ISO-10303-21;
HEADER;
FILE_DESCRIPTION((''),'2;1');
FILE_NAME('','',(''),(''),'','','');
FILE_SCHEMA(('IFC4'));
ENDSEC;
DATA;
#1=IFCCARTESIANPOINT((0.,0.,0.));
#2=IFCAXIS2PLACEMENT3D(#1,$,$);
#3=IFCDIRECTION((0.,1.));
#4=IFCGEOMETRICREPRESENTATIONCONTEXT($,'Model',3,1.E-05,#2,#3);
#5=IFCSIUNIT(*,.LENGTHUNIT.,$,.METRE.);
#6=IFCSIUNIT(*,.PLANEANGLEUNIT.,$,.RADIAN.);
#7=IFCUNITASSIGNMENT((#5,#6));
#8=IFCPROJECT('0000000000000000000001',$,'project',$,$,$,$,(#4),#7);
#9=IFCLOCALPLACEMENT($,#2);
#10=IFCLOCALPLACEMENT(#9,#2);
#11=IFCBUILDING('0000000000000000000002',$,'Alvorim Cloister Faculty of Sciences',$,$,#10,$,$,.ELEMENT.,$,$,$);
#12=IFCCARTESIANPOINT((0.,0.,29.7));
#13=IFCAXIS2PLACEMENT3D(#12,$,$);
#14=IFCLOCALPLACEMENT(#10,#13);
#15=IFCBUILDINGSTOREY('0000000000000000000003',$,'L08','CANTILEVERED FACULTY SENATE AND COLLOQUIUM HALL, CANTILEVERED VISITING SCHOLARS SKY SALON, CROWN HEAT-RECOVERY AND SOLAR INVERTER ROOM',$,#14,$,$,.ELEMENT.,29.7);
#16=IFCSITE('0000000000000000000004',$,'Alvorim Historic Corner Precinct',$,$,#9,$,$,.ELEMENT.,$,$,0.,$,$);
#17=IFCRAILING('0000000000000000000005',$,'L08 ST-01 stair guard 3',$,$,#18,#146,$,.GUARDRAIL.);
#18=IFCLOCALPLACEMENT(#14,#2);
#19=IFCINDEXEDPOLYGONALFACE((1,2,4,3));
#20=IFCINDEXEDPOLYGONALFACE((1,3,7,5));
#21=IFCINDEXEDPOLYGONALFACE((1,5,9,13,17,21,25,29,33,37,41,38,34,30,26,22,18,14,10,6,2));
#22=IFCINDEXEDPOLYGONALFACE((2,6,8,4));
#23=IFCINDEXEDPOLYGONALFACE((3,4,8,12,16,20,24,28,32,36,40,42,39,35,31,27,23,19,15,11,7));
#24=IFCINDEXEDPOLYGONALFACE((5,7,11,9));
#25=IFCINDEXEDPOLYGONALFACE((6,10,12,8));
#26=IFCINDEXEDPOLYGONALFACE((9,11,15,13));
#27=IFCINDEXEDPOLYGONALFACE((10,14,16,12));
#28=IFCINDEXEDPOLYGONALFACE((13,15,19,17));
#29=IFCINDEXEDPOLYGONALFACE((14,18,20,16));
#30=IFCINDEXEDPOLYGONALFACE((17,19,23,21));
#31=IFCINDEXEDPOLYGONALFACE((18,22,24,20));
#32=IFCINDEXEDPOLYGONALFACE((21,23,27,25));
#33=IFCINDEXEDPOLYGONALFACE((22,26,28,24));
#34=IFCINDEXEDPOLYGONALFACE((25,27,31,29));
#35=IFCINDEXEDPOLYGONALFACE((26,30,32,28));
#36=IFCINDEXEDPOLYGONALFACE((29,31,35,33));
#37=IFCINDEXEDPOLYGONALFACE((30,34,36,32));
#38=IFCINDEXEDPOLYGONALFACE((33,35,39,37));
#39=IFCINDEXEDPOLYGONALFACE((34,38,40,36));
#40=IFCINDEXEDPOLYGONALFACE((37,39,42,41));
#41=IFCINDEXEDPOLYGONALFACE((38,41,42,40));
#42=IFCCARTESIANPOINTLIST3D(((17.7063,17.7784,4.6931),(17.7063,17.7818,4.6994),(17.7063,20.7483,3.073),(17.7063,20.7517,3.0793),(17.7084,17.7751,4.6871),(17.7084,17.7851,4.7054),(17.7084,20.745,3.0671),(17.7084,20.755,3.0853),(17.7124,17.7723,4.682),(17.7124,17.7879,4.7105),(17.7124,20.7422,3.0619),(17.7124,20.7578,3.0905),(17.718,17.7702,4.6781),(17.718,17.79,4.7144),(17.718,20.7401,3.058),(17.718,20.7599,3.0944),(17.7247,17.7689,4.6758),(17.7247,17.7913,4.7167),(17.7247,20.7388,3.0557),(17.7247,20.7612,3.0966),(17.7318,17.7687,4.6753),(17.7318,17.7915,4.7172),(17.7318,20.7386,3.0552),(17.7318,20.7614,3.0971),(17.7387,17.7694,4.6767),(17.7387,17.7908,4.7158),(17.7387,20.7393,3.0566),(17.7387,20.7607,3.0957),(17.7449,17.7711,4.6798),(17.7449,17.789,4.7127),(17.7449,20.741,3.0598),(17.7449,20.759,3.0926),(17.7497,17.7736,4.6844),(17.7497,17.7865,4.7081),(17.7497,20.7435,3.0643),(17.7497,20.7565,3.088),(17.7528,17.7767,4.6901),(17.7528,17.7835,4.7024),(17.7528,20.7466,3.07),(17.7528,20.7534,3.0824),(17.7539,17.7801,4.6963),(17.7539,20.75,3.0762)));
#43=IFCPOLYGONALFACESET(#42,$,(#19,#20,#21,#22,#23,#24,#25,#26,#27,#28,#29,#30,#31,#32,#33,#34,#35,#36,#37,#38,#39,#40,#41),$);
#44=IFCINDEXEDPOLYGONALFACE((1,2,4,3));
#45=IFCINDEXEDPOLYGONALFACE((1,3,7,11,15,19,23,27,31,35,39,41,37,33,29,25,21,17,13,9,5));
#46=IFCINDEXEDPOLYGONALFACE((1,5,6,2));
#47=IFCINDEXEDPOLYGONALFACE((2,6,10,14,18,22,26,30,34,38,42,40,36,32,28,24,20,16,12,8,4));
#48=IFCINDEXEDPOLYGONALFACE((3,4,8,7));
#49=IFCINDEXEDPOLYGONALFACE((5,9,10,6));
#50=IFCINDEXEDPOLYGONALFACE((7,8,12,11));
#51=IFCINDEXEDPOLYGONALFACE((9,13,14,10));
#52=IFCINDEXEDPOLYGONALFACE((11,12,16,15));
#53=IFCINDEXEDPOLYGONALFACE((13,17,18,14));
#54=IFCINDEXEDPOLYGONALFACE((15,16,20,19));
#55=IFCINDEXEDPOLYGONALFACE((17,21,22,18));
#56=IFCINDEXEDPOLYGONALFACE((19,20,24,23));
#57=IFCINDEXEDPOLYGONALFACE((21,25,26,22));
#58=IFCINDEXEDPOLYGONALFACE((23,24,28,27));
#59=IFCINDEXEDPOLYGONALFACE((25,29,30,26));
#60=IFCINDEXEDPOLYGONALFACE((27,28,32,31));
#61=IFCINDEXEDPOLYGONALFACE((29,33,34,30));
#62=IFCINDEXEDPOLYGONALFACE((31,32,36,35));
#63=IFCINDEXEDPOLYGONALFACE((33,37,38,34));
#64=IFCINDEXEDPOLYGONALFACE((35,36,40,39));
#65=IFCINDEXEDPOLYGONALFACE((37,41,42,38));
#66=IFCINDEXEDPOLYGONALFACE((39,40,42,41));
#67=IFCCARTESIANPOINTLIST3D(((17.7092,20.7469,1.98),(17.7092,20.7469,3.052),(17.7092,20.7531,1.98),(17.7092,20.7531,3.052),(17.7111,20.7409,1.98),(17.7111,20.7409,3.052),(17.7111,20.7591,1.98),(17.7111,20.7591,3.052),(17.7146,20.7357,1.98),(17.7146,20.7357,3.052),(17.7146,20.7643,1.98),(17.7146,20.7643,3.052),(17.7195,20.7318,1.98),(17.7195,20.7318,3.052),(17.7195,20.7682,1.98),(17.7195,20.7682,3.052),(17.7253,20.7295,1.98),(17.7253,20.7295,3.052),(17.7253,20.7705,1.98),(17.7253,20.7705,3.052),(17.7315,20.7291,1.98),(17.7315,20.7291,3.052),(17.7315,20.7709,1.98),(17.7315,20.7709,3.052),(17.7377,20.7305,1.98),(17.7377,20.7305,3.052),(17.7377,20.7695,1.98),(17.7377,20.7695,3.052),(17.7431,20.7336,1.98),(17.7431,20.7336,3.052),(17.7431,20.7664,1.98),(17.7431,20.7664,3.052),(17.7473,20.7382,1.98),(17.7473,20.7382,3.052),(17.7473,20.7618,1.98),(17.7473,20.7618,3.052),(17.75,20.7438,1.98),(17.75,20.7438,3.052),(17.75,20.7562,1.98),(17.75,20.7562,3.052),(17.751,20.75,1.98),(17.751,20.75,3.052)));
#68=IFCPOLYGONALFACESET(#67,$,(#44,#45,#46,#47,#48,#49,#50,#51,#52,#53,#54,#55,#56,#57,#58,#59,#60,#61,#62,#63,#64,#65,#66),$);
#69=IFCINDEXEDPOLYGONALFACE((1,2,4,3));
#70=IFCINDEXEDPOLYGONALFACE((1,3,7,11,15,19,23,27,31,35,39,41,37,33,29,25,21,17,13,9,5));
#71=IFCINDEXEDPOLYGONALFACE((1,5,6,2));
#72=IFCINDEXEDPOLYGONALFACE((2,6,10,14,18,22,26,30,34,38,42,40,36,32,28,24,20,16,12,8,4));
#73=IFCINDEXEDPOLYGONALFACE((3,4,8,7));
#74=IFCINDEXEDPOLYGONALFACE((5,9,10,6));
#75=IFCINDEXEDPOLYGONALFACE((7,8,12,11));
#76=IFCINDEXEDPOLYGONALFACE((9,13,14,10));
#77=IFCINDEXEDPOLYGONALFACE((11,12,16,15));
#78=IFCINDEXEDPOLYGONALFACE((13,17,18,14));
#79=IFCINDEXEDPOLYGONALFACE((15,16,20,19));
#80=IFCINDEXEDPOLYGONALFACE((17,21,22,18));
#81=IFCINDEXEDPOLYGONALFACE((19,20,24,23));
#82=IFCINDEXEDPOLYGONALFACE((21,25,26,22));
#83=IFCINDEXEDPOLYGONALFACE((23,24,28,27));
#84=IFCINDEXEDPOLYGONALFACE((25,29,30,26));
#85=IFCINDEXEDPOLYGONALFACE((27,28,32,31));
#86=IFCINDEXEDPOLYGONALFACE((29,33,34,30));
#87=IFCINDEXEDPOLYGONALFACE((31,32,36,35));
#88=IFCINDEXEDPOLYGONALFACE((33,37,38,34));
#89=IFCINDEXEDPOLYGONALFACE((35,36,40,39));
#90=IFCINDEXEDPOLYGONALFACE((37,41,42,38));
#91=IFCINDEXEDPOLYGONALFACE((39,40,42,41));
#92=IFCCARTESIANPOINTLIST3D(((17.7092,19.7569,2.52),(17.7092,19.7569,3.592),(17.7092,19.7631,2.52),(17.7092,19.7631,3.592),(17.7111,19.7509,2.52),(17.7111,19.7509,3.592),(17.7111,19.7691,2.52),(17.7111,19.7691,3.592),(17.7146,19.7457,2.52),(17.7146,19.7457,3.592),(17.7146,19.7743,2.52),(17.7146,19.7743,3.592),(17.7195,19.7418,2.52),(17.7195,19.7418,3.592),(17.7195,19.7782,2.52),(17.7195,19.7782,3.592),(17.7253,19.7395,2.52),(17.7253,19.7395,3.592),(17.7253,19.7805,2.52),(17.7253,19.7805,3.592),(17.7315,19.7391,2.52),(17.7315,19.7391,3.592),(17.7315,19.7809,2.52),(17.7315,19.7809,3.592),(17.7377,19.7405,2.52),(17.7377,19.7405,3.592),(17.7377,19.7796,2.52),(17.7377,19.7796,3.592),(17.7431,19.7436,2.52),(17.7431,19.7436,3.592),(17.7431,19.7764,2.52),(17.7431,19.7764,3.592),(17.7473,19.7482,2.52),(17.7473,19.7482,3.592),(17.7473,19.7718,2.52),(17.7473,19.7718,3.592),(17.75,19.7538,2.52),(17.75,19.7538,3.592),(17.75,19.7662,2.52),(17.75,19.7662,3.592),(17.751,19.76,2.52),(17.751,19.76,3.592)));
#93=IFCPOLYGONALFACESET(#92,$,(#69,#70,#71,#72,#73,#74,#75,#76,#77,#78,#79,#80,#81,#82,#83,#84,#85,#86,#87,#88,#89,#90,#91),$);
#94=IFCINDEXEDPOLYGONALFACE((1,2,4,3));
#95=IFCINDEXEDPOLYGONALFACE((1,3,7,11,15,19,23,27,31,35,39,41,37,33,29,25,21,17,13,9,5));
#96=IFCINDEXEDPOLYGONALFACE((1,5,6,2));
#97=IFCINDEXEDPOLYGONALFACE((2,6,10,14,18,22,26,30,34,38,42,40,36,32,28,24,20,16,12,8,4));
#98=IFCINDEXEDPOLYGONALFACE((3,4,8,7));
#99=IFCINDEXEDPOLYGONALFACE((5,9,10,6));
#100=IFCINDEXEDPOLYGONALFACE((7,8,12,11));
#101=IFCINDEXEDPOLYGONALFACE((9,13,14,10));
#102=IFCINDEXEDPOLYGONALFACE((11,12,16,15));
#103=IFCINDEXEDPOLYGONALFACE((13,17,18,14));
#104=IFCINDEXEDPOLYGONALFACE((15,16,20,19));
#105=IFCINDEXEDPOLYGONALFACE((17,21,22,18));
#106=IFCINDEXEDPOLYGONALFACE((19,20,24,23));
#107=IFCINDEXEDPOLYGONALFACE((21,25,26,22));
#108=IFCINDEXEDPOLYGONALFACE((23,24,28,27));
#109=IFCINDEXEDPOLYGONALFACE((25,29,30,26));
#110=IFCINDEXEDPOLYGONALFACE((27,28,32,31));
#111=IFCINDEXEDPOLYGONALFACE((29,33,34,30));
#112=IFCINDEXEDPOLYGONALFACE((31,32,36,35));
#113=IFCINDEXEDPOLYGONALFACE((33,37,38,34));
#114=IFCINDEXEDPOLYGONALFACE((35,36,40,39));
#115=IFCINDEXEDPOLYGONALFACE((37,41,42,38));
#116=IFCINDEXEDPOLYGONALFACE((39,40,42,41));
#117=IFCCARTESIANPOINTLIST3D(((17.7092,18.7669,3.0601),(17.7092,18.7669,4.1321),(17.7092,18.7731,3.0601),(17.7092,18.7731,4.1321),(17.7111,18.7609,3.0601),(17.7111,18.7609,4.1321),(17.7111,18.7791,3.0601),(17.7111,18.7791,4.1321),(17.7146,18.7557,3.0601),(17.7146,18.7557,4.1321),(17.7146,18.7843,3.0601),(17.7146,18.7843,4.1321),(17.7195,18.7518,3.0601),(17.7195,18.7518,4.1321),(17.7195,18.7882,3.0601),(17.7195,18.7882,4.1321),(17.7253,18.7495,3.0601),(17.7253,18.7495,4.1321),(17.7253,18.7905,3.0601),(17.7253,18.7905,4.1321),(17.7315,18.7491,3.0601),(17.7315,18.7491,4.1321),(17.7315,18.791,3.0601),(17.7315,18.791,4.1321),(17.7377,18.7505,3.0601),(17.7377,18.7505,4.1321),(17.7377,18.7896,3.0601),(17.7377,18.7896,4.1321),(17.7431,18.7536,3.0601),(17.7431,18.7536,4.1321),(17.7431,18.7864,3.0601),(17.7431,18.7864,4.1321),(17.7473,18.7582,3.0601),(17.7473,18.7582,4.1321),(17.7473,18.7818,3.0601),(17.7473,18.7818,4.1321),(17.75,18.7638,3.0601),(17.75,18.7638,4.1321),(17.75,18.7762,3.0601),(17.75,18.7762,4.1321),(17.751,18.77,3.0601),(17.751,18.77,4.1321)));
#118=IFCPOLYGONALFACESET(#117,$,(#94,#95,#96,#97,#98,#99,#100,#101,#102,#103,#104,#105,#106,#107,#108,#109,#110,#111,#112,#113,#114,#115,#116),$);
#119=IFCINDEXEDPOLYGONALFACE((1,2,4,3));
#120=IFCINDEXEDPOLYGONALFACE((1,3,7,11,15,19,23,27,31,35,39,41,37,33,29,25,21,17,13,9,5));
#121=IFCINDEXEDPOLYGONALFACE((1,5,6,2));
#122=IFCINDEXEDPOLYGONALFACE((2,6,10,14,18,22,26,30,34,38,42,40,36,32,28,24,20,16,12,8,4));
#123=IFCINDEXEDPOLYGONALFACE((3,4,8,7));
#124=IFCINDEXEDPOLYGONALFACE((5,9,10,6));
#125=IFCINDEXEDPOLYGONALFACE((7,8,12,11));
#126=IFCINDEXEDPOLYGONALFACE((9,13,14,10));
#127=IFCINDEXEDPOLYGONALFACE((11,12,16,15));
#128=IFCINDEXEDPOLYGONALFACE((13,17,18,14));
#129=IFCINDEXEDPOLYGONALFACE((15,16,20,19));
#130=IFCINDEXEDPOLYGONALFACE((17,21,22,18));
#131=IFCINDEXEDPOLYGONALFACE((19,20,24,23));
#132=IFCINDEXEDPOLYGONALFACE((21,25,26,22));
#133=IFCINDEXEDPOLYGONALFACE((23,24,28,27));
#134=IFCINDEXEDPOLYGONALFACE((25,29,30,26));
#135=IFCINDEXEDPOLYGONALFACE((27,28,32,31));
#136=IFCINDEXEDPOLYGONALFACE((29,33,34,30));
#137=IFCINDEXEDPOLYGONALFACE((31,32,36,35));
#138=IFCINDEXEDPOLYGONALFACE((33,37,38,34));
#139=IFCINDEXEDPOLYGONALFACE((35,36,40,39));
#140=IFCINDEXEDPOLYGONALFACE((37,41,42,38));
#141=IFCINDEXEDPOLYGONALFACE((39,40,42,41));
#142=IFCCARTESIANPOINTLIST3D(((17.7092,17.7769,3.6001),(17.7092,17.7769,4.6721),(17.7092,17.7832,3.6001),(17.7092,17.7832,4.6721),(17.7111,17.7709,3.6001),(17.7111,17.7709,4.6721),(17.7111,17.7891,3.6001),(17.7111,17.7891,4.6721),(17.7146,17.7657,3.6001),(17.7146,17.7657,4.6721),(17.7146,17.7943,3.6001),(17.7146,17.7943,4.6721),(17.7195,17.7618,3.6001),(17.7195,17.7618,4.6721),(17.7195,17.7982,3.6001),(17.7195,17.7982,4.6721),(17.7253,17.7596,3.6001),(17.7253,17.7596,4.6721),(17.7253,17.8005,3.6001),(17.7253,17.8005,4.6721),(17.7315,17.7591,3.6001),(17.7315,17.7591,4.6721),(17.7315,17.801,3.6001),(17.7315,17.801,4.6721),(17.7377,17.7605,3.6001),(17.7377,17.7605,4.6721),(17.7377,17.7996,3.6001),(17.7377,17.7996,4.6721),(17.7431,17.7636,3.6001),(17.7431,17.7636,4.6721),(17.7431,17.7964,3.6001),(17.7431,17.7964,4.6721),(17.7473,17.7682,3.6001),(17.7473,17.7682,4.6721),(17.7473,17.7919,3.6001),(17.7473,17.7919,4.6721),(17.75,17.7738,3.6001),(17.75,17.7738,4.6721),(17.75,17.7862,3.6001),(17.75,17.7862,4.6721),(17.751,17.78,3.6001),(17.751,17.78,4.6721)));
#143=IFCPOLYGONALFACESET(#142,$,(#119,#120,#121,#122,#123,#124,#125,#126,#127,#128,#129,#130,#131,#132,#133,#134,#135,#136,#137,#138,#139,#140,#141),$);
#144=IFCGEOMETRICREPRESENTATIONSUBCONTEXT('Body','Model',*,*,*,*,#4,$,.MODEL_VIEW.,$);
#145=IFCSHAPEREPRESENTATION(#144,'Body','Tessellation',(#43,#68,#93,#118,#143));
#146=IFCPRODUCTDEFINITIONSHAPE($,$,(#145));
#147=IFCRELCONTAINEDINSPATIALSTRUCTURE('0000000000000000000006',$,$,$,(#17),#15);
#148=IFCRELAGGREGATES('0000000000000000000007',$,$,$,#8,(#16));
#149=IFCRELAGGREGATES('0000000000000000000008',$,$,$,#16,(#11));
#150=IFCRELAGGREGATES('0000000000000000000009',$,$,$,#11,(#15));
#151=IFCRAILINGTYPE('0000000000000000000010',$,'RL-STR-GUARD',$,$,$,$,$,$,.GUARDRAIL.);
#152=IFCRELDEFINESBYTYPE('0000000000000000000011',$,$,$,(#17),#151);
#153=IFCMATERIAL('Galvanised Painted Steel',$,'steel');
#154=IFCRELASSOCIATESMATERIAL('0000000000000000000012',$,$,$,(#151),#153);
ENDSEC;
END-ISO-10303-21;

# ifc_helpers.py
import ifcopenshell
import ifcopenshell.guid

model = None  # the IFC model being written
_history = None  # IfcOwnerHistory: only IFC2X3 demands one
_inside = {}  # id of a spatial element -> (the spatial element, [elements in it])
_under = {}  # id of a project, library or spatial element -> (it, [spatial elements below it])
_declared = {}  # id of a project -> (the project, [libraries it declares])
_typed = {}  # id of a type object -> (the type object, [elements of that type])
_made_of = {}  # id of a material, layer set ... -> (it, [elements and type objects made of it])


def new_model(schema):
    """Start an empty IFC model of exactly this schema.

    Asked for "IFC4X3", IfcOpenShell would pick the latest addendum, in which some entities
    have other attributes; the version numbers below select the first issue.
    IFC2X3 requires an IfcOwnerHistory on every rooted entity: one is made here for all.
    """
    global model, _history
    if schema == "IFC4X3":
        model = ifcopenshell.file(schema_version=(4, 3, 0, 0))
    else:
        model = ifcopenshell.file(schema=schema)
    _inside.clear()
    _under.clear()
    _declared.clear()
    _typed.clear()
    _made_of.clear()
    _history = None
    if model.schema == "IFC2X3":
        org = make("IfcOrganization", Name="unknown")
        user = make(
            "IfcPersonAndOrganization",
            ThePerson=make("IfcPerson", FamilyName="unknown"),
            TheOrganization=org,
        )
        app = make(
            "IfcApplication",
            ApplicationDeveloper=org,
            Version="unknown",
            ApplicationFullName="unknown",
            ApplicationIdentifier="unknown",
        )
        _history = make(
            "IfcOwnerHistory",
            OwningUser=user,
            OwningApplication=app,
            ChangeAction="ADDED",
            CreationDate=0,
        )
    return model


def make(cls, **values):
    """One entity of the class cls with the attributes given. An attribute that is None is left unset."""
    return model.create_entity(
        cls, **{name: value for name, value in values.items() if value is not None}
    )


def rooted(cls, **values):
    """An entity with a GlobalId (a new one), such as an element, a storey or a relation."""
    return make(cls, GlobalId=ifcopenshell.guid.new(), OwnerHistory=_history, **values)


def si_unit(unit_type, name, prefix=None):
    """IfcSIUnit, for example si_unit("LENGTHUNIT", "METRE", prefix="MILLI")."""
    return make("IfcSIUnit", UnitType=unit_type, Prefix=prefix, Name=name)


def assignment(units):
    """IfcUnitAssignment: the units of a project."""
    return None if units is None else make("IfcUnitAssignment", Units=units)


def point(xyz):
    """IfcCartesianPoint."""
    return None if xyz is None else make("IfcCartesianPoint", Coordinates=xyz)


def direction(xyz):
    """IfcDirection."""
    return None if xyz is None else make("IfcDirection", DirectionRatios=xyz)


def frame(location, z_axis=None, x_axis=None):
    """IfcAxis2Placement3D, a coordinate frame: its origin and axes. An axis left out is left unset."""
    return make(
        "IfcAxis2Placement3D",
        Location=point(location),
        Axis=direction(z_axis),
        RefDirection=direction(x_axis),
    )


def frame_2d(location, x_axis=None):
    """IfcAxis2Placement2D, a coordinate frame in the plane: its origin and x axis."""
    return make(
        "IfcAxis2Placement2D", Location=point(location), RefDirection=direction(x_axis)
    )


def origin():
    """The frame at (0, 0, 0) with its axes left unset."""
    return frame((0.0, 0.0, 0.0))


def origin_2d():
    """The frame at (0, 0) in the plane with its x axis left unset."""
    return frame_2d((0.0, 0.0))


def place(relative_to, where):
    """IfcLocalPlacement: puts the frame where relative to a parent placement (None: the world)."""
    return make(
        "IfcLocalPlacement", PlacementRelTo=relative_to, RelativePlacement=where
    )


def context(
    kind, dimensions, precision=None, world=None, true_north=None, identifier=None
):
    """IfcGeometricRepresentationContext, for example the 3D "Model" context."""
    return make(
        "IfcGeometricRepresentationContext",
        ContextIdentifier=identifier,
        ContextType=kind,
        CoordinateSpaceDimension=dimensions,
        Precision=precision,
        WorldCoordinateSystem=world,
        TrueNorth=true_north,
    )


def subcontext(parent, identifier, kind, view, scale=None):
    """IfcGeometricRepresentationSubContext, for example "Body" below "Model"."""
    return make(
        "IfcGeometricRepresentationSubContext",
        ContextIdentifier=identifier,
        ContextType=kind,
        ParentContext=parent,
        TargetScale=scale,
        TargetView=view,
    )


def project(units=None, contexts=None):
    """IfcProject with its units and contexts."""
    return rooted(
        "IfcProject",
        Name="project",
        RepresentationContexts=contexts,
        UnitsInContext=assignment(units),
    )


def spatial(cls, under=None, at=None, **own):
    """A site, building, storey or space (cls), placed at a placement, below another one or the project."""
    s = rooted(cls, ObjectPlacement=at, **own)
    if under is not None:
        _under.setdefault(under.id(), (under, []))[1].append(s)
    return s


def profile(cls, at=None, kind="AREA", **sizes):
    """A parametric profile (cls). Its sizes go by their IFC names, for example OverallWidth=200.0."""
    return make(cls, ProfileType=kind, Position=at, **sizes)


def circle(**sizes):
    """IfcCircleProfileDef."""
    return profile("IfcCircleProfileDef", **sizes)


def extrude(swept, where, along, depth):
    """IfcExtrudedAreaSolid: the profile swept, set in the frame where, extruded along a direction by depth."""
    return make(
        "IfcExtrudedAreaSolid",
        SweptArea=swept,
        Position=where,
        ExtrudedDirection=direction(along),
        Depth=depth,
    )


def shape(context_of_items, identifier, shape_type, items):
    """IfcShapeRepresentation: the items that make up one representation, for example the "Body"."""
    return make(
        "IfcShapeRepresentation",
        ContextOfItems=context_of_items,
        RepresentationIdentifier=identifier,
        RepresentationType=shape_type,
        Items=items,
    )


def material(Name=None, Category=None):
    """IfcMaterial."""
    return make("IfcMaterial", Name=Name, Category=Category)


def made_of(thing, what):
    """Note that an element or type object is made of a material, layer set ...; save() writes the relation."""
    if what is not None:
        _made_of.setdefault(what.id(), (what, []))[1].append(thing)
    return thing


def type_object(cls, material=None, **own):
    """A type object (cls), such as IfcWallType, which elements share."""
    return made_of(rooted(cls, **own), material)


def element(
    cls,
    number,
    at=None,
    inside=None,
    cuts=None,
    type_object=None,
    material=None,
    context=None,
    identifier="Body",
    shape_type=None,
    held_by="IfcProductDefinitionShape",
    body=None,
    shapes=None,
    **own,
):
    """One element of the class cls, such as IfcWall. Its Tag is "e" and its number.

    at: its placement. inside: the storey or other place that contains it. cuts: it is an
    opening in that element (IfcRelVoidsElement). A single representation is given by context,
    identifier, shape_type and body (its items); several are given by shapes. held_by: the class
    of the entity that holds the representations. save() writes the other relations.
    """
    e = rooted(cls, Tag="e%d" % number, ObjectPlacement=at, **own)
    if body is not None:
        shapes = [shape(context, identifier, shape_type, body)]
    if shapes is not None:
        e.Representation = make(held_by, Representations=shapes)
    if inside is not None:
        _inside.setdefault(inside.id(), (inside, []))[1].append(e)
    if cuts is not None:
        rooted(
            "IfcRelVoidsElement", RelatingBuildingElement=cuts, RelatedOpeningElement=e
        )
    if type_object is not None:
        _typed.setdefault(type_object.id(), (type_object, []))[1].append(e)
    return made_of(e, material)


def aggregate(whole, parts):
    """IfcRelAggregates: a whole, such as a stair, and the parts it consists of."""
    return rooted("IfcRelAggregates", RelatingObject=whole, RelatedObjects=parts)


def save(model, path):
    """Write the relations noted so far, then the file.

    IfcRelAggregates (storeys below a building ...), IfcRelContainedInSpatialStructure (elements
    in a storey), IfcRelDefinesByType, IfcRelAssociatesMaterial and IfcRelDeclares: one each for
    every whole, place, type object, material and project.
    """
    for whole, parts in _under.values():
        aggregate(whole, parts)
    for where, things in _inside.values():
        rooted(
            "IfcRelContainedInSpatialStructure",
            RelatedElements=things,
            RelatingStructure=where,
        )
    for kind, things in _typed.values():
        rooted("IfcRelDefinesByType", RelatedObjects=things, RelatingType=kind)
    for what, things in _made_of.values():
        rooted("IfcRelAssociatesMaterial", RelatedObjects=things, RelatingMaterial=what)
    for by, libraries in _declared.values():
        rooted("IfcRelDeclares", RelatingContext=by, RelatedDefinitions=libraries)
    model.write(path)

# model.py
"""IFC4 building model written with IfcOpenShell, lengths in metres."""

from ifc_helpers import new_model, si_unit, direction, frame, origin, origin_2d, place, context, subcontext, project, spatial, circle, extrude, material, type_object, element, save


model = new_model("IFC4")

# Units and contexts
model_context = context("Model", 3, precision=1e-05, world=origin(), true_north=direction((0.0, 1.0)))
body_context = subcontext(model_context, "Body", "Model", "MODEL_VIEW")
ifc_project = project(units=[si_unit("LENGTHUNIT", "METRE"), si_unit("PLANEANGLEUNIT", "RADIAN")], contexts=[model_context])

# Site, building, storey
site_placement = place(None, origin())
site = spatial("IfcSite", under=ifc_project, at=site_placement, Name="Alvorim Historic Corner Precinct", CompositionType="ELEMENT", RefElevation=0.0)
building_placement = place(site_placement, origin())
building = spatial("IfcBuilding", under=site, at=building_placement, Name="Alvorim Cloister Faculty of Sciences", CompositionType="ELEMENT")
storey_placement = place(building_placement, frame((0.0, 0.0, 29.7)))
storey = spatial("IfcBuildingStorey", under=building, at=storey_placement, Name="L08", Description="CANTILEVERED FACULTY SENATE AND COLLOQUIUM HALL, CANTILEVERED VISITING SCHOLARS SKY SALON, CROWN HEAT-RECOVERY AND SOLAR INVERTER ROOM", CompositionType="ELEMENT", Elevation=29.7)

# Railing
ifc_material_1 = material(Name="Galvanised Painted Steel", Category="steel")
railing_type_1 = type_object("IfcRailingType", Name="RL-STR-GUARD", PredefinedType="GUARDRAIL", material=ifc_material_1)
railing_1_placement = place(storey_placement, frame((17.73, 20.75, 1.98)))
element("IfcRailing", 1, at=railing_1_placement, inside=storey, type_object=railing_type_1, Name="L08 ST-01 stair guard 3", PredefinedType="GUARDRAIL", context=body_context, shape_type="SweptSolid", body=[
    extrude(circle(Radius=0.0239, at=origin_2d()), frame((0.0, 0.0, 1.0962), z_axis=(0.0, -0.877879, 0.478882), x_axis=(1.0, 0.0, 0.0)), (0.0, 0.0, 1.0), 3.3831),
    extrude(circle(Radius=0.021, at=origin_2d()), origin(), (0.0, 0.0, 1.0), 1.072),
    extrude(circle(Radius=0.021, at=origin_2d()), frame((0.0, -0.99, 0.54)), (0.0, 0.0, 1.0), 1.072),
    extrude(circle(Radius=0.021, at=origin_2d()), frame((0.0, -1.98, 1.0801)), (0.0, 0.0, 1.0), 1.072),
    extrude(circle(Radius=0.021, at=origin_2d()), frame((0.0, -2.97, 1.6201)), (0.0, 0.0, 1.0), 1.072),
])

save(model, "model.ifc")
